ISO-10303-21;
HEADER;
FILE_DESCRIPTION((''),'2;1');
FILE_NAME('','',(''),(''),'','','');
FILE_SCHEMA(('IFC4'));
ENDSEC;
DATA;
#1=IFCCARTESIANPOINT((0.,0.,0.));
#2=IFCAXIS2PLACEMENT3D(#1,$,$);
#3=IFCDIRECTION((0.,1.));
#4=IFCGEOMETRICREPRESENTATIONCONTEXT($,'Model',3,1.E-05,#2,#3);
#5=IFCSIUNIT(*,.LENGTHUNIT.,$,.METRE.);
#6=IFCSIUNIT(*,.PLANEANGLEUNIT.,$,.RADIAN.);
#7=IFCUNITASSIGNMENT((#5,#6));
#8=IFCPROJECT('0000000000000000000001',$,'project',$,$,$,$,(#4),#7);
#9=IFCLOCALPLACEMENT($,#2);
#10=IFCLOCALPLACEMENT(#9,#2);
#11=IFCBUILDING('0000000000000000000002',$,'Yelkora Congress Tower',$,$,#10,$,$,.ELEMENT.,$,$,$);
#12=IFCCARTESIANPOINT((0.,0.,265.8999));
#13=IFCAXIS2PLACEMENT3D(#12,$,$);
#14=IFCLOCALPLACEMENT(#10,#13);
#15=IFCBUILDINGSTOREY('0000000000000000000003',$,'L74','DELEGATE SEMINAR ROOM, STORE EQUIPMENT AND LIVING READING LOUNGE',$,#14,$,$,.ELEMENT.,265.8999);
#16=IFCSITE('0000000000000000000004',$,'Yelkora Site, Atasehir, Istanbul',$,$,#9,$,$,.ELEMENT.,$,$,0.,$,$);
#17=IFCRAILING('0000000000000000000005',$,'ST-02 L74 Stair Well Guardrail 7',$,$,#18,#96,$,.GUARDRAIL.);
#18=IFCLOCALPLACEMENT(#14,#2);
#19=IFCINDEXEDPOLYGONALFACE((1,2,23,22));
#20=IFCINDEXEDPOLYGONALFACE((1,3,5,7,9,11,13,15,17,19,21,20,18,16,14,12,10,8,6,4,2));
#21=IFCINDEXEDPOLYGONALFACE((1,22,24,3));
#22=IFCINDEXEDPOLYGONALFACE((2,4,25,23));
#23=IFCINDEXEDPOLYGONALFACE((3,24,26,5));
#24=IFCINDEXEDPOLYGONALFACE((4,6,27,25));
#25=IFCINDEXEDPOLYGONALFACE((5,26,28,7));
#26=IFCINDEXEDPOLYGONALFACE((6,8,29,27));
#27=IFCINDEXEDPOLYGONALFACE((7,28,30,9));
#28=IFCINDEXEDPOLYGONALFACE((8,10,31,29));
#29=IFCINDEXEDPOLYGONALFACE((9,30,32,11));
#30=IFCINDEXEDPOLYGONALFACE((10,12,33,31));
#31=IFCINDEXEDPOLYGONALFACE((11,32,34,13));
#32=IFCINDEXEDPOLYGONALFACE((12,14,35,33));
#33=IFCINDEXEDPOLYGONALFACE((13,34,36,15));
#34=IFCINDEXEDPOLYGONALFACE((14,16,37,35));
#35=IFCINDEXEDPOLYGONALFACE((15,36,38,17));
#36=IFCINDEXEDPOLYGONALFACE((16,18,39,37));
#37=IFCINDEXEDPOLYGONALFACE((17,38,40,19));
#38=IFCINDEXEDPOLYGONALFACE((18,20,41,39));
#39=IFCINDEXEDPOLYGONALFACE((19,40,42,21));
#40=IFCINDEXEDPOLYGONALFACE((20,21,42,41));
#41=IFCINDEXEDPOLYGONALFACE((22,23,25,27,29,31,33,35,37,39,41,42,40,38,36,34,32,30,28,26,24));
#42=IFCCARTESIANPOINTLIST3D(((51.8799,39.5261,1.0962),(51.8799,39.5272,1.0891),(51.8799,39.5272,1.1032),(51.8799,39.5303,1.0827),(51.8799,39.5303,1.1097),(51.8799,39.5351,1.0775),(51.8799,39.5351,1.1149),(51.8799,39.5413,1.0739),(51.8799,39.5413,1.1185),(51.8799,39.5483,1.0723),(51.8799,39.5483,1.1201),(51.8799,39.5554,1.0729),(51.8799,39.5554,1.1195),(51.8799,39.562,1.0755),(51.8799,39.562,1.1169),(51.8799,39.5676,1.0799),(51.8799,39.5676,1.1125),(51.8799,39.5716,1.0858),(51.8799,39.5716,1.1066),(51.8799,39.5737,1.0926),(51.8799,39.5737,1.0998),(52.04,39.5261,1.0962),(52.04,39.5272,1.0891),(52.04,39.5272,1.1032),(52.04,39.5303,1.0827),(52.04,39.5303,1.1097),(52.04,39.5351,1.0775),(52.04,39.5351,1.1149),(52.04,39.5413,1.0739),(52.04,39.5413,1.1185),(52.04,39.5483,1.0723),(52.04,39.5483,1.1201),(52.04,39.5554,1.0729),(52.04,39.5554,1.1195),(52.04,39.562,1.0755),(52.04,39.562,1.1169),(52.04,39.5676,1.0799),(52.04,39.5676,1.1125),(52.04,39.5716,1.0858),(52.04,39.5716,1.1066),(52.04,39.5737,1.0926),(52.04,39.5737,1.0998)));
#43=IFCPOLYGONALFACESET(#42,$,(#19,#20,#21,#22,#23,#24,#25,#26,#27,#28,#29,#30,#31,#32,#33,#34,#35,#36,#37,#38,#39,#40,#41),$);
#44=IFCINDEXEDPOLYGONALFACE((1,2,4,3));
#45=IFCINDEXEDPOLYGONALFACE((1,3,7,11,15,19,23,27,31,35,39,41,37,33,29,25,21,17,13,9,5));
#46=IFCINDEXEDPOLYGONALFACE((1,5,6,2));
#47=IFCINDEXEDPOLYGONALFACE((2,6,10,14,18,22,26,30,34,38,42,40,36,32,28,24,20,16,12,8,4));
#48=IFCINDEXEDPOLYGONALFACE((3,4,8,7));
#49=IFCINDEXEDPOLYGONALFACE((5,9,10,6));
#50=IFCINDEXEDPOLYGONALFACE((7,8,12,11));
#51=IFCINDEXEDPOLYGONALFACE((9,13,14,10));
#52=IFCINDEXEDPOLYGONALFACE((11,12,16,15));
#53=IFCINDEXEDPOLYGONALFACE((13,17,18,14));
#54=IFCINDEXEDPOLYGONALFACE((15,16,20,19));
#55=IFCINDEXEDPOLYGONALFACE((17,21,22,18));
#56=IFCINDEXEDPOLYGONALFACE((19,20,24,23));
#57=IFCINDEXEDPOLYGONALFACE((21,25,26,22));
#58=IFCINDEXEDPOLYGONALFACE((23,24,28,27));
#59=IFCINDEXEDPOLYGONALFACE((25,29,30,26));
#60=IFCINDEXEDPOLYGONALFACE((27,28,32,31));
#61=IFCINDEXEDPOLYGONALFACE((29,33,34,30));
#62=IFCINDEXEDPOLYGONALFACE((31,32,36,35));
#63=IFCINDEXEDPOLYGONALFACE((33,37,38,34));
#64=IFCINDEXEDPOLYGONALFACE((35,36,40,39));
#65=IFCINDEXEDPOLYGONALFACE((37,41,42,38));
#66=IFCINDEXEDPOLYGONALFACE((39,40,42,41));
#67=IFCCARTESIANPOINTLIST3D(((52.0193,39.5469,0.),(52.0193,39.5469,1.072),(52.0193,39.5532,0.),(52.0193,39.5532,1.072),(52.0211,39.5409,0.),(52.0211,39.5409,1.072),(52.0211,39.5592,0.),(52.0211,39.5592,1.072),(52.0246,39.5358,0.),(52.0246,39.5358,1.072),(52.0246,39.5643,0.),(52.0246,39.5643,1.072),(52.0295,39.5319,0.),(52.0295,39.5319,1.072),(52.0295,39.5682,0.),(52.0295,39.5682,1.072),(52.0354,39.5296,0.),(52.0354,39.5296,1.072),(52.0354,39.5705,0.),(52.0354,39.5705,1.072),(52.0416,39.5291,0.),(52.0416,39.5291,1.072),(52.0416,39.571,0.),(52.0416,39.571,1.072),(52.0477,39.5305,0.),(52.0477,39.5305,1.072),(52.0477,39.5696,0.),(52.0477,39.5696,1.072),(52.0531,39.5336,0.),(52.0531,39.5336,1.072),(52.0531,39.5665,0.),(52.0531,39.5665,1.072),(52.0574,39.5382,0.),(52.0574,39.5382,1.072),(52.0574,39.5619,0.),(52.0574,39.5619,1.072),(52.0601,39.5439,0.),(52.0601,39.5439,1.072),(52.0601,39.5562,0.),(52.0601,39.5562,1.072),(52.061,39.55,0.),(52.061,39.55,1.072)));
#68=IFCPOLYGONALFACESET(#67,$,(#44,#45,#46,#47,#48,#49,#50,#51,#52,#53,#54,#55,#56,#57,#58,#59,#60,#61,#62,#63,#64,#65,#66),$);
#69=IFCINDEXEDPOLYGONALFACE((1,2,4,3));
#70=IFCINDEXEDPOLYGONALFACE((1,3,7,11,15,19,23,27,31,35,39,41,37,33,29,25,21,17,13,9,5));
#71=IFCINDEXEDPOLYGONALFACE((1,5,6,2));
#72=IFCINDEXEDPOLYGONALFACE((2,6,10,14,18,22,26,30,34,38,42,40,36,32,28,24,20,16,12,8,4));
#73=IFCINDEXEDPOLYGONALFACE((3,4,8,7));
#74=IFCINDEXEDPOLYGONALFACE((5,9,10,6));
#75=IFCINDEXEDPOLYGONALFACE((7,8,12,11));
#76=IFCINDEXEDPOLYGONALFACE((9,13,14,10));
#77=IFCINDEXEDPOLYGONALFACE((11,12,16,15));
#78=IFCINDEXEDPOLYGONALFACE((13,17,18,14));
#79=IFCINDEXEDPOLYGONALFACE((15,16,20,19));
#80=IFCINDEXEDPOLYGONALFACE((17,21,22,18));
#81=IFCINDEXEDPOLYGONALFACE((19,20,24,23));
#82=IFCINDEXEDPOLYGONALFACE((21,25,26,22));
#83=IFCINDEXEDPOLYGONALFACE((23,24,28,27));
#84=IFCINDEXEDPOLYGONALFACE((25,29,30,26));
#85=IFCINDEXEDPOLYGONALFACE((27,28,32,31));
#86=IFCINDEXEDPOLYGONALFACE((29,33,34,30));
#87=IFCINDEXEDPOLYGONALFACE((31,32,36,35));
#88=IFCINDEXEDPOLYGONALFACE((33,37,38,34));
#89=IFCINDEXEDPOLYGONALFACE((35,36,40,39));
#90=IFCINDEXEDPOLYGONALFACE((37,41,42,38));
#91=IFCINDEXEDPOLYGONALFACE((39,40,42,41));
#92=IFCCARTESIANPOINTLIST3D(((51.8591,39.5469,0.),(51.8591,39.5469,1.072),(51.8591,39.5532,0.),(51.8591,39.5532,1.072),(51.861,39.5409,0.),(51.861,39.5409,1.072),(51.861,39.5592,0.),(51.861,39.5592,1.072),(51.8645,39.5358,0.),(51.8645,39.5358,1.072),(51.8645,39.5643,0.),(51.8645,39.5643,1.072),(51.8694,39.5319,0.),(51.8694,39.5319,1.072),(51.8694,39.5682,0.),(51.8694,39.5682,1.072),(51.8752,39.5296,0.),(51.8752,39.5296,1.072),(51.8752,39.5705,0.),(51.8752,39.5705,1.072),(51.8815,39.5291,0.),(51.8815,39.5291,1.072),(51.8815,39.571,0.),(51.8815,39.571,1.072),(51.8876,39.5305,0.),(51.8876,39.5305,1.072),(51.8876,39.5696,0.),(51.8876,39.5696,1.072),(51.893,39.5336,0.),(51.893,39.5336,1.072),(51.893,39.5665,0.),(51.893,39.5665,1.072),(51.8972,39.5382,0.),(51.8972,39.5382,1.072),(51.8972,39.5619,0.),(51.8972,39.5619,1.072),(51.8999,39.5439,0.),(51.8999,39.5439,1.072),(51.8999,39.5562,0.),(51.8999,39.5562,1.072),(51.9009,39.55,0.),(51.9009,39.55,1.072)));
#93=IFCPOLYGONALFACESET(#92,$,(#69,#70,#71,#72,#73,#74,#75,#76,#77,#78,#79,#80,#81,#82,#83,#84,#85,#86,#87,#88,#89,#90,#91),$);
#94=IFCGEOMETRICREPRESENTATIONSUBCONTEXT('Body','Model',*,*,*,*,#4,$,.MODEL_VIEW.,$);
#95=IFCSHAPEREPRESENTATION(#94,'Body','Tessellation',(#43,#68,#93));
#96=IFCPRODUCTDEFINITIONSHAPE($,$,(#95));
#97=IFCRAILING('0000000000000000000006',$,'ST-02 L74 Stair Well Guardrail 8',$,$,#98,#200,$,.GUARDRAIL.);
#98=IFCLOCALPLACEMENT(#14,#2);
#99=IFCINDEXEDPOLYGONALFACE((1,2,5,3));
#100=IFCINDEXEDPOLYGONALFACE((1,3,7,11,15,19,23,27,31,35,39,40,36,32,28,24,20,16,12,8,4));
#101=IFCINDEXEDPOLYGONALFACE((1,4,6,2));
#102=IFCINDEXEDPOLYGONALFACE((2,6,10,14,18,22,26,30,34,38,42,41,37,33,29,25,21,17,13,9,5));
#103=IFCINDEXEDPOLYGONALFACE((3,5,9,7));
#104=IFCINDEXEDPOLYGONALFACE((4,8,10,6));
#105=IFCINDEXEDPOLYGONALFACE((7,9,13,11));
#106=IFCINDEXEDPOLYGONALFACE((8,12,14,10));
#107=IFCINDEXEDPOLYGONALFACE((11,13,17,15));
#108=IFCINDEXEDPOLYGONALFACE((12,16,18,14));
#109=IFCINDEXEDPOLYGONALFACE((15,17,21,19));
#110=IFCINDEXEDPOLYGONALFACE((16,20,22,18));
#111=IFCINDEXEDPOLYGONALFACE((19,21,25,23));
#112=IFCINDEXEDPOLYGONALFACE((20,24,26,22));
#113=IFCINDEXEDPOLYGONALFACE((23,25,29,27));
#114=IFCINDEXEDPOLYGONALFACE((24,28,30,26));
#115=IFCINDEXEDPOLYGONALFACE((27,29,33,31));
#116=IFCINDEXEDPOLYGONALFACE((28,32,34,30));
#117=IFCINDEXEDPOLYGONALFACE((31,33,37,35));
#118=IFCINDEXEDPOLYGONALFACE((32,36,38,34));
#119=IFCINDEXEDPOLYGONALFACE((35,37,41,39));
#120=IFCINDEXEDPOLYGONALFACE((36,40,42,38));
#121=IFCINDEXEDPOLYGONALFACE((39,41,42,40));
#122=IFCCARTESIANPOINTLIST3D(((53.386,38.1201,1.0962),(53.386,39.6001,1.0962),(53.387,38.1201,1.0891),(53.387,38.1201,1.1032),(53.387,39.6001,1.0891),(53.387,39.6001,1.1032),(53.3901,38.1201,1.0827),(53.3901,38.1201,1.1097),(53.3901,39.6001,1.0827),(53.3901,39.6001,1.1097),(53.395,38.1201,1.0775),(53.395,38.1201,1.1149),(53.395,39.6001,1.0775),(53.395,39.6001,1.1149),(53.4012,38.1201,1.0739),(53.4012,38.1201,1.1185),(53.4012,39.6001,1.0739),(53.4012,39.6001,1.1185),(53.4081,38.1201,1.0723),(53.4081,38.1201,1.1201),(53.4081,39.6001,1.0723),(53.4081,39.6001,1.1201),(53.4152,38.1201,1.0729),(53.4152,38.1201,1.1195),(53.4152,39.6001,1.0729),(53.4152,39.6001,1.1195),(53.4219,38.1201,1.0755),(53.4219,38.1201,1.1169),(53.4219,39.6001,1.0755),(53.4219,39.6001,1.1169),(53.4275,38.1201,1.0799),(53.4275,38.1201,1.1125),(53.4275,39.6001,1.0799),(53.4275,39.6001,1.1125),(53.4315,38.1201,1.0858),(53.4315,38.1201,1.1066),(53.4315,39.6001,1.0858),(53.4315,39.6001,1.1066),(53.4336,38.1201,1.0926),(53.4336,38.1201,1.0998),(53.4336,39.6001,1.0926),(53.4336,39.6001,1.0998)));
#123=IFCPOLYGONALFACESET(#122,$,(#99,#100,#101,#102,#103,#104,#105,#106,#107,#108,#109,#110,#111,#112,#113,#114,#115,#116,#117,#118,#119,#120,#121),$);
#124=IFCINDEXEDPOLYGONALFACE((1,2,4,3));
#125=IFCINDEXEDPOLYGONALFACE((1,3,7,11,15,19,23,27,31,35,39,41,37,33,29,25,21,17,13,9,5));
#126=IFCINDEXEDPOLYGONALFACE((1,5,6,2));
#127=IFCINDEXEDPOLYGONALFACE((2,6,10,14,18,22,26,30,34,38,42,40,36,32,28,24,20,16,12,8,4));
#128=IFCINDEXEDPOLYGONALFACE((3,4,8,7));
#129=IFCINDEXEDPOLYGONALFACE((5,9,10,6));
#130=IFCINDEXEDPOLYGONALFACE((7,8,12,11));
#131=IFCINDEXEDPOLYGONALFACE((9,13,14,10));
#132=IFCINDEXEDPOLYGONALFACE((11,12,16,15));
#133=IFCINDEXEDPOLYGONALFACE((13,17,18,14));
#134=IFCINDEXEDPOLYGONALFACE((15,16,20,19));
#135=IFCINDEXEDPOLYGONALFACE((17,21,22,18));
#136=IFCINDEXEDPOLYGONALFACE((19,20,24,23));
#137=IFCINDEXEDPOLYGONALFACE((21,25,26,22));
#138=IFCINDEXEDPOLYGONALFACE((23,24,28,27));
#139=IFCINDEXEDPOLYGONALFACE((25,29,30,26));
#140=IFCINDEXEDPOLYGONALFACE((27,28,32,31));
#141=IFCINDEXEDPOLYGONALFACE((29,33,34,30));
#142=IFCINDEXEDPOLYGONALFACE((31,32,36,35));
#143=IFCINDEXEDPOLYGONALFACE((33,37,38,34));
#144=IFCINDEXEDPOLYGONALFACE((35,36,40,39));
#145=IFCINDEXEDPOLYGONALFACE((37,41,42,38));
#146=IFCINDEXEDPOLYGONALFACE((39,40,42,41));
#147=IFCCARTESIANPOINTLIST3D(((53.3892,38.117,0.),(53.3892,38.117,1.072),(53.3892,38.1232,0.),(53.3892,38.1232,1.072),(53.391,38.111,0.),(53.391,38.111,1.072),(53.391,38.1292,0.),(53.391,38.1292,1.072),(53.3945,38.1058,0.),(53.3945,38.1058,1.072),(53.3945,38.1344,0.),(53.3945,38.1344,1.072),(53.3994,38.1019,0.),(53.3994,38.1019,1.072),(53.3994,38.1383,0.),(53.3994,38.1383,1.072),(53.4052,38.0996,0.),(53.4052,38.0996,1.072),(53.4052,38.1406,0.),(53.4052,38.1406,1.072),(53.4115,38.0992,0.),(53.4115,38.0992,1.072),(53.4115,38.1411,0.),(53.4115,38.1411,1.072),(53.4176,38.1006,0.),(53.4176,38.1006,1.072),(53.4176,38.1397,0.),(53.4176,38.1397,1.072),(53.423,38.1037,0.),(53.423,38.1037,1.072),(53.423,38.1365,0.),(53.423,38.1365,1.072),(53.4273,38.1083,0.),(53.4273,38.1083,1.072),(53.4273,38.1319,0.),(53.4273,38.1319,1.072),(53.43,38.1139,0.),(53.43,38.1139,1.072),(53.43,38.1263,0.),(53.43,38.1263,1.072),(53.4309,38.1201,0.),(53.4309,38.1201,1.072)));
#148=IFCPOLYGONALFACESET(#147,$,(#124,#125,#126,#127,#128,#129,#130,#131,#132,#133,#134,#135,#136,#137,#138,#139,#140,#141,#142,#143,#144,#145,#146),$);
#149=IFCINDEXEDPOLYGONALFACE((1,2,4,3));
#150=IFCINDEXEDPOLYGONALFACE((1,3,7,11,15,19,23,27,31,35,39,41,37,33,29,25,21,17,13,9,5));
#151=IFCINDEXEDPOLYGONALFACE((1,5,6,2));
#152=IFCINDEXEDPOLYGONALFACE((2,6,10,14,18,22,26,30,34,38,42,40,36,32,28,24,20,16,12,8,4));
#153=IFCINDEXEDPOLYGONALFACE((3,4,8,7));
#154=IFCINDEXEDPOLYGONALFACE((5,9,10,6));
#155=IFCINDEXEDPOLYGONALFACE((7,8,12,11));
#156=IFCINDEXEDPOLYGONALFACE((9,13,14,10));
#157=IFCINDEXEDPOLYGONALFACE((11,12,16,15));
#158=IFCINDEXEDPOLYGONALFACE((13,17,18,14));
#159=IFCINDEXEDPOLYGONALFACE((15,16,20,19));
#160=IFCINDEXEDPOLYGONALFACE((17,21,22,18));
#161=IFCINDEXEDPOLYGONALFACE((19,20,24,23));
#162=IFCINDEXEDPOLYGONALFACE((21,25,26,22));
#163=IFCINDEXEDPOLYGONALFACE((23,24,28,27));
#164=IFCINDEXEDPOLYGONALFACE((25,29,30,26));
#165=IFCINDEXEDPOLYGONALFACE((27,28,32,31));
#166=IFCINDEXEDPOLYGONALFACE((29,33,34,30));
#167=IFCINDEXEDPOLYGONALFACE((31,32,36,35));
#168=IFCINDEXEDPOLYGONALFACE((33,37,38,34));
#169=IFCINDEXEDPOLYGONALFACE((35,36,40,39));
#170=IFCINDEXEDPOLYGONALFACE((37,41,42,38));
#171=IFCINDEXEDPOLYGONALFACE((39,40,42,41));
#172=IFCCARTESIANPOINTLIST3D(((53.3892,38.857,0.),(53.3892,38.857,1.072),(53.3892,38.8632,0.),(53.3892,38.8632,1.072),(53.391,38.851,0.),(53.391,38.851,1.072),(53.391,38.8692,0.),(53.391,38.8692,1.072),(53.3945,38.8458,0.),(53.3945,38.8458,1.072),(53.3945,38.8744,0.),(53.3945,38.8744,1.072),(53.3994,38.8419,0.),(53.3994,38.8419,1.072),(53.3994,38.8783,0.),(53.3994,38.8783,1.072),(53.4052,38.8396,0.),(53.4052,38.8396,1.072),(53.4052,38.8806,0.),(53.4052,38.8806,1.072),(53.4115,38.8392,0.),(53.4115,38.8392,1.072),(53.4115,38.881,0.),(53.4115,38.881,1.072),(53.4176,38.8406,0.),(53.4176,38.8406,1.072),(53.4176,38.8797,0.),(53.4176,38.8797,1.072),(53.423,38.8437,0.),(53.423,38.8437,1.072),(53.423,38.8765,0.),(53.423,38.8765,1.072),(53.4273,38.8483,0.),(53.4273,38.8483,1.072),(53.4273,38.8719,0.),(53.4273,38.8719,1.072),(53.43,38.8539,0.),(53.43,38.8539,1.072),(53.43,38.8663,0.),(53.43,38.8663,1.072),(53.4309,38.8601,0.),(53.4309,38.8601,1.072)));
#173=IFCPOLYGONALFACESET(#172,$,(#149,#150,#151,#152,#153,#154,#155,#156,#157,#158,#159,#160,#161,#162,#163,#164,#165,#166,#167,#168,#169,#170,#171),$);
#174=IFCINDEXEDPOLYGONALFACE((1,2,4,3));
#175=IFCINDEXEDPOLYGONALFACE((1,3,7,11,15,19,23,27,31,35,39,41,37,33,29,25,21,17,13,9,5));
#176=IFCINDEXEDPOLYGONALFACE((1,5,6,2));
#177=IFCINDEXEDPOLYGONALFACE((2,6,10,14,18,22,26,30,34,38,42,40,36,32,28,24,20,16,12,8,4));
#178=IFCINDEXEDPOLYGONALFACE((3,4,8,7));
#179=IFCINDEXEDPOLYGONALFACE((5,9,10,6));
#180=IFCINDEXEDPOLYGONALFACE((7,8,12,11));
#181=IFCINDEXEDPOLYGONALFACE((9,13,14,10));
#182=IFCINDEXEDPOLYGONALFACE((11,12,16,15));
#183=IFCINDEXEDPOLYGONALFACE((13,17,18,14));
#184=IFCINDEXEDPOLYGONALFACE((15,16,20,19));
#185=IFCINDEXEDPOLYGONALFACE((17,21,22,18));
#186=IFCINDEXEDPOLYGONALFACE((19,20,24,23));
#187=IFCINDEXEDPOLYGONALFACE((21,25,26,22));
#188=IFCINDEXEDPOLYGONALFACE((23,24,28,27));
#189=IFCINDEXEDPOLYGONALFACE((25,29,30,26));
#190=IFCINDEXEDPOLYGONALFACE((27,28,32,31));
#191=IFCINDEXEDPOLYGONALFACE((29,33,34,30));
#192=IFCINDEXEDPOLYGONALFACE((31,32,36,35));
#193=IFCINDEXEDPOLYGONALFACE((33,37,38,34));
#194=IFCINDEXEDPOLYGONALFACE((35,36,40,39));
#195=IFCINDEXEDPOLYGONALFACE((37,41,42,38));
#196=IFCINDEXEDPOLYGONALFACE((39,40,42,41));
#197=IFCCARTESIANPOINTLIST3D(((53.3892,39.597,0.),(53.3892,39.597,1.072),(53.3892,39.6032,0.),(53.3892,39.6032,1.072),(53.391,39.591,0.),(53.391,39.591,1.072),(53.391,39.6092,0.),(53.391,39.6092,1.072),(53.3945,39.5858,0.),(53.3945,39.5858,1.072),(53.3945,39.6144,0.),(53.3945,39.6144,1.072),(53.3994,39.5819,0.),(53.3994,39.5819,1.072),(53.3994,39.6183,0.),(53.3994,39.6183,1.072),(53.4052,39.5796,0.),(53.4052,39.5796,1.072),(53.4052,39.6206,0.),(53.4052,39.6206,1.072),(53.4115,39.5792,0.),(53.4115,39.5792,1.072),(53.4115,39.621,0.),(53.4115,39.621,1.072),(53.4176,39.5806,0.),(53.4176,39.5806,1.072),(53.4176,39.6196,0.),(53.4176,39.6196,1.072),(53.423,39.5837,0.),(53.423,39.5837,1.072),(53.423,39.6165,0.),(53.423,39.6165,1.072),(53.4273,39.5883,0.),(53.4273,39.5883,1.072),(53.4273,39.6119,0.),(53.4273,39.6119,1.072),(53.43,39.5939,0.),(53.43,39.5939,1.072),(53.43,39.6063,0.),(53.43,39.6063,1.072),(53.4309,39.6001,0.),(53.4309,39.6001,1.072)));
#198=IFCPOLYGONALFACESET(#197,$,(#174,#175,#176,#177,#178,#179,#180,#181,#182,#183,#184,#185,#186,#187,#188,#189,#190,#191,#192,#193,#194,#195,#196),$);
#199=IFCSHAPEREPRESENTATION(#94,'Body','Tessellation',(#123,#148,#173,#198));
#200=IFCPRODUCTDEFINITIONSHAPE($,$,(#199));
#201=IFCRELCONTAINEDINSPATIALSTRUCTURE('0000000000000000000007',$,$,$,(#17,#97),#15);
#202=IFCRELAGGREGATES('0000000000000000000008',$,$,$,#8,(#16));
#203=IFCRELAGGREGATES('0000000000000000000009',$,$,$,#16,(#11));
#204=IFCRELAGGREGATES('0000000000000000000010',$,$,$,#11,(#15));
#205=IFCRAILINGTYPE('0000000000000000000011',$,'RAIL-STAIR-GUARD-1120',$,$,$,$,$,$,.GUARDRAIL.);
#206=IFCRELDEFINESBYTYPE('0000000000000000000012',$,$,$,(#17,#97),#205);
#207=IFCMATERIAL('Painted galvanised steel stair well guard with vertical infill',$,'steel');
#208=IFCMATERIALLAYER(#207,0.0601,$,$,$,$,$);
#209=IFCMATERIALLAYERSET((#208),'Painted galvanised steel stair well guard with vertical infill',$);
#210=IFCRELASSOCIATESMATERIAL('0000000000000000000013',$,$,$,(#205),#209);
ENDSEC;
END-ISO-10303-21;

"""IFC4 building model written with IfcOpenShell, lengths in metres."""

from ifc_helpers import new_model, si_unit, direction, frame, origin, origin_2d, place, context, subcontext, project, spatial, circle, extrude, material, layer, layer_set, type_object, element, save


model = new_model("IFC4")

# Units and contexts
model_context = context("Model", 3, precision=1e-05, world=origin(), true_north=direction((0.0, 1.0)))
body_context = subcontext(model_context, "Body", "Model", "MODEL_VIEW")
ifc_project = project(units=[si_unit("LENGTHUNIT", "METRE"), si_unit("PLANEANGLEUNIT", "RADIAN")], contexts=[model_context])

# Site, building, storey
site_placement = place(None, origin())
site = spatial("IfcSite", under=ifc_project, at=site_placement, Name="Yelkora Site, Atasehir, Istanbul", CompositionType="ELEMENT", RefElevation=0.0)
building_placement = place(site_placement, origin())
building = spatial("IfcBuilding", under=site, at=building_placement, Name="Yelkora Congress Tower", CompositionType="ELEMENT")
storey_placement = place(building_placement, frame((0.0, 0.0, 265.8999)))
storey = spatial("IfcBuildingStorey", under=building, at=storey_placement, Name="L74", Description="DELEGATE SEMINAR ROOM, STORE EQUIPMENT AND LIVING READING LOUNGE", CompositionType="ELEMENT", Elevation=265.8999)

# Railings
ifc_material_1 = material(Name="Painted galvanised steel stair well guard with vertical infill", Category="steel")
ifc_layer_1 = layer(ifc_material_1, 0.0601)
ifc_layer_set_1 = layer_set([ifc_layer_1], Name="Painted galvanised steel stair well guard with vertical infill")
railing_type_1 = type_object("IfcRailingType", Name="RAIL-STAIR-GUARD-1120", PredefinedType="GUARDRAIL", material=ifc_layer_set_1)
railing_1_placement = place(storey_placement, frame((52.04, 39.55, 0.0)))
element("IfcRailing", 1, at=railing_1_placement, inside=storey, type_object=railing_type_1, Name="ST-02 L74 Stair Well Guardrail 7", PredefinedType="GUARDRAIL", context=body_context, shape_type="SweptSolid", body=[
    extrude(circle(Radius=0.0239, at=origin_2d()), frame((0.0, 0.0, 1.0962), z_axis=(-1.0, 0.0, 0.0), x_axis=(0.0, -1.0, 0.0)), (0.0, 0.0, 1.0), 0.1602),
    extrude(circle(Radius=0.021, at=origin_2d()), origin(), (0.0, 0.0, 1.0), 1.072),
    extrude(circle(Radius=0.021, at=origin_2d()), frame((-0.1602, 0.0, 0.0)), (0.0, 0.0, 1.0), 1.072),
])
for number, where, name in (
    (2, (53.4099, 38.1201, 0.0), "ST-02 L74 Stair Well Guardrail 8"),
):
    element("IfcRailing", number, at=place(storey_placement, frame(where)), inside=storey, type_object=railing_type_1, Name=name, PredefinedType="GUARDRAIL", context=body_context, shape_type="SweptSolid", body=[
        extrude(circle(Radius=0.0239, at=origin_2d()), frame((0.0, 0.0, 1.0962), z_axis=(0.0, 1.0, 0.0), x_axis=(-1.0, 0.0, 0.0)), (0.0, 0.0, 1.0), 1.48),
        extrude(circle(Radius=0.021, at=origin_2d()), origin(), (0.0, 0.0, 1.0), 1.072),
        extrude(circle(Radius=0.021, at=origin_2d()), frame((0.0, 0.74, 0.0)), (0.0, 0.0, 1.0), 1.072),
        extrude(circle(Radius=0.021, at=origin_2d()), frame((0.0, 1.48, 0.0)), (0.0, 0.0, 1.0), 1.072),
    ])

save(model, "model.ifc")
